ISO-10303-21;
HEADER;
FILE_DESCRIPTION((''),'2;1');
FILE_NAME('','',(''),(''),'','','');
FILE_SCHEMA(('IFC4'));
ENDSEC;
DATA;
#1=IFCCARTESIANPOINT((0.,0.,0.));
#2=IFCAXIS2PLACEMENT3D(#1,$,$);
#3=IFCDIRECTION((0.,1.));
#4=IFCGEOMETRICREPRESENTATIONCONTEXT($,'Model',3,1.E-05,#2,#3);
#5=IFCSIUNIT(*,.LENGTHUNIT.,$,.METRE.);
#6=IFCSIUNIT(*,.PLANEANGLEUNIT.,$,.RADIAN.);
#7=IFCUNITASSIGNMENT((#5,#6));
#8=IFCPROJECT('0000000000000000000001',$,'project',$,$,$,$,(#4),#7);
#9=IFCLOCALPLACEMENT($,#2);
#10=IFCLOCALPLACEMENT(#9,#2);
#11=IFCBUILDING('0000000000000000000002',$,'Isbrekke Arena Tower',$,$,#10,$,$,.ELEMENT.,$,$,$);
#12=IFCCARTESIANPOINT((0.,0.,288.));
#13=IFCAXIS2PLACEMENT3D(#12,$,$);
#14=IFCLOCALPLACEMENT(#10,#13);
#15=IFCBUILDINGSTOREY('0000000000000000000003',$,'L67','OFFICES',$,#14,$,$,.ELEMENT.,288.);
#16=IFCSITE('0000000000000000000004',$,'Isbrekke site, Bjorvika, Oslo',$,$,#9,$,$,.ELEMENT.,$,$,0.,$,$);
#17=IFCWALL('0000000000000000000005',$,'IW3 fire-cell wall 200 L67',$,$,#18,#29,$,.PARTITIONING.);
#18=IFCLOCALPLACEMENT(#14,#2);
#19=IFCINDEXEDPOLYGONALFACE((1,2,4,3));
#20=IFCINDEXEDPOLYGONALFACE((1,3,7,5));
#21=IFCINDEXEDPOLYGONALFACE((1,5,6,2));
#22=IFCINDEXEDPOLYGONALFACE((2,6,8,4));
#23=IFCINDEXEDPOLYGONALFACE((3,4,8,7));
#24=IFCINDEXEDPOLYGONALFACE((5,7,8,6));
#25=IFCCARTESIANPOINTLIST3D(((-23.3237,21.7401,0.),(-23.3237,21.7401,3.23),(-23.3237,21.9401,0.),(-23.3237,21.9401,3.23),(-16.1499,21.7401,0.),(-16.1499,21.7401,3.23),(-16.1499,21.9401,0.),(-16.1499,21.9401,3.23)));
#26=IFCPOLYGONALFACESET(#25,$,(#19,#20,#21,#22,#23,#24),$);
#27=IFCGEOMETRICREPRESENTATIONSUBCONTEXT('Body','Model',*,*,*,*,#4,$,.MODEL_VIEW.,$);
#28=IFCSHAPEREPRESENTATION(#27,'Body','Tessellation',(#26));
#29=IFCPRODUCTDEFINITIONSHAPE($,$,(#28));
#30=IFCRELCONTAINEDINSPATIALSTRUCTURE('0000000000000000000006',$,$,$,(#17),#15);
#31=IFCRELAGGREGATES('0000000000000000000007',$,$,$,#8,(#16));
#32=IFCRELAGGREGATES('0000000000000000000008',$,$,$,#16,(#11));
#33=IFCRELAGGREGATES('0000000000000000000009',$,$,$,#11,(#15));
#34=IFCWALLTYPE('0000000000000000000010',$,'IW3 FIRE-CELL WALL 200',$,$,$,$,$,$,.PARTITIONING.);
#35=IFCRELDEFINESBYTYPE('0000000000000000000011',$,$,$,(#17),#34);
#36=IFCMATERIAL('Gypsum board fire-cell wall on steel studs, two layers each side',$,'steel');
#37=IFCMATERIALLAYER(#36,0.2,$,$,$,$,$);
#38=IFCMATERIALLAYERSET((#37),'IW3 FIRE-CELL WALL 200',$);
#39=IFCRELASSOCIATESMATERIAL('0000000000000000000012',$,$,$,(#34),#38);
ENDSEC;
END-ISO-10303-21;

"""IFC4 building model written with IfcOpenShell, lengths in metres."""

from ifc_helpers import new_model, si_unit, direction, frame, frame_2d, origin, place, context, subcontext, project, spatial, rectangle, extrude, material, layer, layer_set, type_object, element, save


model = new_model("IFC4")

# Units and contexts
model_context = context("Model", 3, precision=1e-05, world=origin(), true_north=direction((0.0, 1.0)))
body_context = subcontext(model_context, "Body", "Model", "MODEL_VIEW")
ifc_project = project(units=[si_unit("LENGTHUNIT", "METRE"), si_unit("PLANEANGLEUNIT", "RADIAN")], contexts=[model_context])

# Site, building, storey
site_placement = place(None, origin())
site = spatial("IfcSite", under=ifc_project, at=site_placement, Name="Isbrekke site, Bjorvika, Oslo", CompositionType="ELEMENT", RefElevation=0.0)
building_placement = place(site_placement, origin())
building = spatial("IfcBuilding", under=site, at=building_placement, Name="Isbrekke Arena Tower", CompositionType="ELEMENT")
storey_placement = place(building_placement, frame((0.0, 0.0, 288.0)))
storey = spatial("IfcBuildingStorey", under=building, at=storey_placement, Name="L67", Description="OFFICES", CompositionType="ELEMENT", Elevation=288.0)

# Wall
ifc_material_1 = material(Name="Gypsum board fire-cell wall on steel studs, two layers each side", Category="steel")
ifc_layer_1 = layer(ifc_material_1, 0.2)
ifc_layer_set_1 = layer_set([ifc_layer_1], Name="IW3 FIRE-CELL WALL 200")
wall_type_1 = type_object("IfcWallType", Name="IW3 FIRE-CELL WALL 200", PredefinedType="PARTITIONING", material=ifc_layer_set_1)
wall_1_placement = place(storey_placement, frame((-23.3237, 21.8401, 0.0), z_axis=(0.0, 0.0, 1.0), x_axis=(1.0, 0.0, 0.0)))
element("IfcWall", 1, at=wall_1_placement, inside=storey, type_object=wall_type_1, Name="IW3 fire-cell wall 200 L67", PredefinedType="PARTITIONING", context=body_context, shape_type="SweptSolid", body=[
    extrude(rectangle(XDim=7.1738, YDim=0.2, at=frame_2d((3.5869, 0.0))), origin(), (0.0, 0.0, 1.0), 3.23),
])

save(model, "model.ifc")
